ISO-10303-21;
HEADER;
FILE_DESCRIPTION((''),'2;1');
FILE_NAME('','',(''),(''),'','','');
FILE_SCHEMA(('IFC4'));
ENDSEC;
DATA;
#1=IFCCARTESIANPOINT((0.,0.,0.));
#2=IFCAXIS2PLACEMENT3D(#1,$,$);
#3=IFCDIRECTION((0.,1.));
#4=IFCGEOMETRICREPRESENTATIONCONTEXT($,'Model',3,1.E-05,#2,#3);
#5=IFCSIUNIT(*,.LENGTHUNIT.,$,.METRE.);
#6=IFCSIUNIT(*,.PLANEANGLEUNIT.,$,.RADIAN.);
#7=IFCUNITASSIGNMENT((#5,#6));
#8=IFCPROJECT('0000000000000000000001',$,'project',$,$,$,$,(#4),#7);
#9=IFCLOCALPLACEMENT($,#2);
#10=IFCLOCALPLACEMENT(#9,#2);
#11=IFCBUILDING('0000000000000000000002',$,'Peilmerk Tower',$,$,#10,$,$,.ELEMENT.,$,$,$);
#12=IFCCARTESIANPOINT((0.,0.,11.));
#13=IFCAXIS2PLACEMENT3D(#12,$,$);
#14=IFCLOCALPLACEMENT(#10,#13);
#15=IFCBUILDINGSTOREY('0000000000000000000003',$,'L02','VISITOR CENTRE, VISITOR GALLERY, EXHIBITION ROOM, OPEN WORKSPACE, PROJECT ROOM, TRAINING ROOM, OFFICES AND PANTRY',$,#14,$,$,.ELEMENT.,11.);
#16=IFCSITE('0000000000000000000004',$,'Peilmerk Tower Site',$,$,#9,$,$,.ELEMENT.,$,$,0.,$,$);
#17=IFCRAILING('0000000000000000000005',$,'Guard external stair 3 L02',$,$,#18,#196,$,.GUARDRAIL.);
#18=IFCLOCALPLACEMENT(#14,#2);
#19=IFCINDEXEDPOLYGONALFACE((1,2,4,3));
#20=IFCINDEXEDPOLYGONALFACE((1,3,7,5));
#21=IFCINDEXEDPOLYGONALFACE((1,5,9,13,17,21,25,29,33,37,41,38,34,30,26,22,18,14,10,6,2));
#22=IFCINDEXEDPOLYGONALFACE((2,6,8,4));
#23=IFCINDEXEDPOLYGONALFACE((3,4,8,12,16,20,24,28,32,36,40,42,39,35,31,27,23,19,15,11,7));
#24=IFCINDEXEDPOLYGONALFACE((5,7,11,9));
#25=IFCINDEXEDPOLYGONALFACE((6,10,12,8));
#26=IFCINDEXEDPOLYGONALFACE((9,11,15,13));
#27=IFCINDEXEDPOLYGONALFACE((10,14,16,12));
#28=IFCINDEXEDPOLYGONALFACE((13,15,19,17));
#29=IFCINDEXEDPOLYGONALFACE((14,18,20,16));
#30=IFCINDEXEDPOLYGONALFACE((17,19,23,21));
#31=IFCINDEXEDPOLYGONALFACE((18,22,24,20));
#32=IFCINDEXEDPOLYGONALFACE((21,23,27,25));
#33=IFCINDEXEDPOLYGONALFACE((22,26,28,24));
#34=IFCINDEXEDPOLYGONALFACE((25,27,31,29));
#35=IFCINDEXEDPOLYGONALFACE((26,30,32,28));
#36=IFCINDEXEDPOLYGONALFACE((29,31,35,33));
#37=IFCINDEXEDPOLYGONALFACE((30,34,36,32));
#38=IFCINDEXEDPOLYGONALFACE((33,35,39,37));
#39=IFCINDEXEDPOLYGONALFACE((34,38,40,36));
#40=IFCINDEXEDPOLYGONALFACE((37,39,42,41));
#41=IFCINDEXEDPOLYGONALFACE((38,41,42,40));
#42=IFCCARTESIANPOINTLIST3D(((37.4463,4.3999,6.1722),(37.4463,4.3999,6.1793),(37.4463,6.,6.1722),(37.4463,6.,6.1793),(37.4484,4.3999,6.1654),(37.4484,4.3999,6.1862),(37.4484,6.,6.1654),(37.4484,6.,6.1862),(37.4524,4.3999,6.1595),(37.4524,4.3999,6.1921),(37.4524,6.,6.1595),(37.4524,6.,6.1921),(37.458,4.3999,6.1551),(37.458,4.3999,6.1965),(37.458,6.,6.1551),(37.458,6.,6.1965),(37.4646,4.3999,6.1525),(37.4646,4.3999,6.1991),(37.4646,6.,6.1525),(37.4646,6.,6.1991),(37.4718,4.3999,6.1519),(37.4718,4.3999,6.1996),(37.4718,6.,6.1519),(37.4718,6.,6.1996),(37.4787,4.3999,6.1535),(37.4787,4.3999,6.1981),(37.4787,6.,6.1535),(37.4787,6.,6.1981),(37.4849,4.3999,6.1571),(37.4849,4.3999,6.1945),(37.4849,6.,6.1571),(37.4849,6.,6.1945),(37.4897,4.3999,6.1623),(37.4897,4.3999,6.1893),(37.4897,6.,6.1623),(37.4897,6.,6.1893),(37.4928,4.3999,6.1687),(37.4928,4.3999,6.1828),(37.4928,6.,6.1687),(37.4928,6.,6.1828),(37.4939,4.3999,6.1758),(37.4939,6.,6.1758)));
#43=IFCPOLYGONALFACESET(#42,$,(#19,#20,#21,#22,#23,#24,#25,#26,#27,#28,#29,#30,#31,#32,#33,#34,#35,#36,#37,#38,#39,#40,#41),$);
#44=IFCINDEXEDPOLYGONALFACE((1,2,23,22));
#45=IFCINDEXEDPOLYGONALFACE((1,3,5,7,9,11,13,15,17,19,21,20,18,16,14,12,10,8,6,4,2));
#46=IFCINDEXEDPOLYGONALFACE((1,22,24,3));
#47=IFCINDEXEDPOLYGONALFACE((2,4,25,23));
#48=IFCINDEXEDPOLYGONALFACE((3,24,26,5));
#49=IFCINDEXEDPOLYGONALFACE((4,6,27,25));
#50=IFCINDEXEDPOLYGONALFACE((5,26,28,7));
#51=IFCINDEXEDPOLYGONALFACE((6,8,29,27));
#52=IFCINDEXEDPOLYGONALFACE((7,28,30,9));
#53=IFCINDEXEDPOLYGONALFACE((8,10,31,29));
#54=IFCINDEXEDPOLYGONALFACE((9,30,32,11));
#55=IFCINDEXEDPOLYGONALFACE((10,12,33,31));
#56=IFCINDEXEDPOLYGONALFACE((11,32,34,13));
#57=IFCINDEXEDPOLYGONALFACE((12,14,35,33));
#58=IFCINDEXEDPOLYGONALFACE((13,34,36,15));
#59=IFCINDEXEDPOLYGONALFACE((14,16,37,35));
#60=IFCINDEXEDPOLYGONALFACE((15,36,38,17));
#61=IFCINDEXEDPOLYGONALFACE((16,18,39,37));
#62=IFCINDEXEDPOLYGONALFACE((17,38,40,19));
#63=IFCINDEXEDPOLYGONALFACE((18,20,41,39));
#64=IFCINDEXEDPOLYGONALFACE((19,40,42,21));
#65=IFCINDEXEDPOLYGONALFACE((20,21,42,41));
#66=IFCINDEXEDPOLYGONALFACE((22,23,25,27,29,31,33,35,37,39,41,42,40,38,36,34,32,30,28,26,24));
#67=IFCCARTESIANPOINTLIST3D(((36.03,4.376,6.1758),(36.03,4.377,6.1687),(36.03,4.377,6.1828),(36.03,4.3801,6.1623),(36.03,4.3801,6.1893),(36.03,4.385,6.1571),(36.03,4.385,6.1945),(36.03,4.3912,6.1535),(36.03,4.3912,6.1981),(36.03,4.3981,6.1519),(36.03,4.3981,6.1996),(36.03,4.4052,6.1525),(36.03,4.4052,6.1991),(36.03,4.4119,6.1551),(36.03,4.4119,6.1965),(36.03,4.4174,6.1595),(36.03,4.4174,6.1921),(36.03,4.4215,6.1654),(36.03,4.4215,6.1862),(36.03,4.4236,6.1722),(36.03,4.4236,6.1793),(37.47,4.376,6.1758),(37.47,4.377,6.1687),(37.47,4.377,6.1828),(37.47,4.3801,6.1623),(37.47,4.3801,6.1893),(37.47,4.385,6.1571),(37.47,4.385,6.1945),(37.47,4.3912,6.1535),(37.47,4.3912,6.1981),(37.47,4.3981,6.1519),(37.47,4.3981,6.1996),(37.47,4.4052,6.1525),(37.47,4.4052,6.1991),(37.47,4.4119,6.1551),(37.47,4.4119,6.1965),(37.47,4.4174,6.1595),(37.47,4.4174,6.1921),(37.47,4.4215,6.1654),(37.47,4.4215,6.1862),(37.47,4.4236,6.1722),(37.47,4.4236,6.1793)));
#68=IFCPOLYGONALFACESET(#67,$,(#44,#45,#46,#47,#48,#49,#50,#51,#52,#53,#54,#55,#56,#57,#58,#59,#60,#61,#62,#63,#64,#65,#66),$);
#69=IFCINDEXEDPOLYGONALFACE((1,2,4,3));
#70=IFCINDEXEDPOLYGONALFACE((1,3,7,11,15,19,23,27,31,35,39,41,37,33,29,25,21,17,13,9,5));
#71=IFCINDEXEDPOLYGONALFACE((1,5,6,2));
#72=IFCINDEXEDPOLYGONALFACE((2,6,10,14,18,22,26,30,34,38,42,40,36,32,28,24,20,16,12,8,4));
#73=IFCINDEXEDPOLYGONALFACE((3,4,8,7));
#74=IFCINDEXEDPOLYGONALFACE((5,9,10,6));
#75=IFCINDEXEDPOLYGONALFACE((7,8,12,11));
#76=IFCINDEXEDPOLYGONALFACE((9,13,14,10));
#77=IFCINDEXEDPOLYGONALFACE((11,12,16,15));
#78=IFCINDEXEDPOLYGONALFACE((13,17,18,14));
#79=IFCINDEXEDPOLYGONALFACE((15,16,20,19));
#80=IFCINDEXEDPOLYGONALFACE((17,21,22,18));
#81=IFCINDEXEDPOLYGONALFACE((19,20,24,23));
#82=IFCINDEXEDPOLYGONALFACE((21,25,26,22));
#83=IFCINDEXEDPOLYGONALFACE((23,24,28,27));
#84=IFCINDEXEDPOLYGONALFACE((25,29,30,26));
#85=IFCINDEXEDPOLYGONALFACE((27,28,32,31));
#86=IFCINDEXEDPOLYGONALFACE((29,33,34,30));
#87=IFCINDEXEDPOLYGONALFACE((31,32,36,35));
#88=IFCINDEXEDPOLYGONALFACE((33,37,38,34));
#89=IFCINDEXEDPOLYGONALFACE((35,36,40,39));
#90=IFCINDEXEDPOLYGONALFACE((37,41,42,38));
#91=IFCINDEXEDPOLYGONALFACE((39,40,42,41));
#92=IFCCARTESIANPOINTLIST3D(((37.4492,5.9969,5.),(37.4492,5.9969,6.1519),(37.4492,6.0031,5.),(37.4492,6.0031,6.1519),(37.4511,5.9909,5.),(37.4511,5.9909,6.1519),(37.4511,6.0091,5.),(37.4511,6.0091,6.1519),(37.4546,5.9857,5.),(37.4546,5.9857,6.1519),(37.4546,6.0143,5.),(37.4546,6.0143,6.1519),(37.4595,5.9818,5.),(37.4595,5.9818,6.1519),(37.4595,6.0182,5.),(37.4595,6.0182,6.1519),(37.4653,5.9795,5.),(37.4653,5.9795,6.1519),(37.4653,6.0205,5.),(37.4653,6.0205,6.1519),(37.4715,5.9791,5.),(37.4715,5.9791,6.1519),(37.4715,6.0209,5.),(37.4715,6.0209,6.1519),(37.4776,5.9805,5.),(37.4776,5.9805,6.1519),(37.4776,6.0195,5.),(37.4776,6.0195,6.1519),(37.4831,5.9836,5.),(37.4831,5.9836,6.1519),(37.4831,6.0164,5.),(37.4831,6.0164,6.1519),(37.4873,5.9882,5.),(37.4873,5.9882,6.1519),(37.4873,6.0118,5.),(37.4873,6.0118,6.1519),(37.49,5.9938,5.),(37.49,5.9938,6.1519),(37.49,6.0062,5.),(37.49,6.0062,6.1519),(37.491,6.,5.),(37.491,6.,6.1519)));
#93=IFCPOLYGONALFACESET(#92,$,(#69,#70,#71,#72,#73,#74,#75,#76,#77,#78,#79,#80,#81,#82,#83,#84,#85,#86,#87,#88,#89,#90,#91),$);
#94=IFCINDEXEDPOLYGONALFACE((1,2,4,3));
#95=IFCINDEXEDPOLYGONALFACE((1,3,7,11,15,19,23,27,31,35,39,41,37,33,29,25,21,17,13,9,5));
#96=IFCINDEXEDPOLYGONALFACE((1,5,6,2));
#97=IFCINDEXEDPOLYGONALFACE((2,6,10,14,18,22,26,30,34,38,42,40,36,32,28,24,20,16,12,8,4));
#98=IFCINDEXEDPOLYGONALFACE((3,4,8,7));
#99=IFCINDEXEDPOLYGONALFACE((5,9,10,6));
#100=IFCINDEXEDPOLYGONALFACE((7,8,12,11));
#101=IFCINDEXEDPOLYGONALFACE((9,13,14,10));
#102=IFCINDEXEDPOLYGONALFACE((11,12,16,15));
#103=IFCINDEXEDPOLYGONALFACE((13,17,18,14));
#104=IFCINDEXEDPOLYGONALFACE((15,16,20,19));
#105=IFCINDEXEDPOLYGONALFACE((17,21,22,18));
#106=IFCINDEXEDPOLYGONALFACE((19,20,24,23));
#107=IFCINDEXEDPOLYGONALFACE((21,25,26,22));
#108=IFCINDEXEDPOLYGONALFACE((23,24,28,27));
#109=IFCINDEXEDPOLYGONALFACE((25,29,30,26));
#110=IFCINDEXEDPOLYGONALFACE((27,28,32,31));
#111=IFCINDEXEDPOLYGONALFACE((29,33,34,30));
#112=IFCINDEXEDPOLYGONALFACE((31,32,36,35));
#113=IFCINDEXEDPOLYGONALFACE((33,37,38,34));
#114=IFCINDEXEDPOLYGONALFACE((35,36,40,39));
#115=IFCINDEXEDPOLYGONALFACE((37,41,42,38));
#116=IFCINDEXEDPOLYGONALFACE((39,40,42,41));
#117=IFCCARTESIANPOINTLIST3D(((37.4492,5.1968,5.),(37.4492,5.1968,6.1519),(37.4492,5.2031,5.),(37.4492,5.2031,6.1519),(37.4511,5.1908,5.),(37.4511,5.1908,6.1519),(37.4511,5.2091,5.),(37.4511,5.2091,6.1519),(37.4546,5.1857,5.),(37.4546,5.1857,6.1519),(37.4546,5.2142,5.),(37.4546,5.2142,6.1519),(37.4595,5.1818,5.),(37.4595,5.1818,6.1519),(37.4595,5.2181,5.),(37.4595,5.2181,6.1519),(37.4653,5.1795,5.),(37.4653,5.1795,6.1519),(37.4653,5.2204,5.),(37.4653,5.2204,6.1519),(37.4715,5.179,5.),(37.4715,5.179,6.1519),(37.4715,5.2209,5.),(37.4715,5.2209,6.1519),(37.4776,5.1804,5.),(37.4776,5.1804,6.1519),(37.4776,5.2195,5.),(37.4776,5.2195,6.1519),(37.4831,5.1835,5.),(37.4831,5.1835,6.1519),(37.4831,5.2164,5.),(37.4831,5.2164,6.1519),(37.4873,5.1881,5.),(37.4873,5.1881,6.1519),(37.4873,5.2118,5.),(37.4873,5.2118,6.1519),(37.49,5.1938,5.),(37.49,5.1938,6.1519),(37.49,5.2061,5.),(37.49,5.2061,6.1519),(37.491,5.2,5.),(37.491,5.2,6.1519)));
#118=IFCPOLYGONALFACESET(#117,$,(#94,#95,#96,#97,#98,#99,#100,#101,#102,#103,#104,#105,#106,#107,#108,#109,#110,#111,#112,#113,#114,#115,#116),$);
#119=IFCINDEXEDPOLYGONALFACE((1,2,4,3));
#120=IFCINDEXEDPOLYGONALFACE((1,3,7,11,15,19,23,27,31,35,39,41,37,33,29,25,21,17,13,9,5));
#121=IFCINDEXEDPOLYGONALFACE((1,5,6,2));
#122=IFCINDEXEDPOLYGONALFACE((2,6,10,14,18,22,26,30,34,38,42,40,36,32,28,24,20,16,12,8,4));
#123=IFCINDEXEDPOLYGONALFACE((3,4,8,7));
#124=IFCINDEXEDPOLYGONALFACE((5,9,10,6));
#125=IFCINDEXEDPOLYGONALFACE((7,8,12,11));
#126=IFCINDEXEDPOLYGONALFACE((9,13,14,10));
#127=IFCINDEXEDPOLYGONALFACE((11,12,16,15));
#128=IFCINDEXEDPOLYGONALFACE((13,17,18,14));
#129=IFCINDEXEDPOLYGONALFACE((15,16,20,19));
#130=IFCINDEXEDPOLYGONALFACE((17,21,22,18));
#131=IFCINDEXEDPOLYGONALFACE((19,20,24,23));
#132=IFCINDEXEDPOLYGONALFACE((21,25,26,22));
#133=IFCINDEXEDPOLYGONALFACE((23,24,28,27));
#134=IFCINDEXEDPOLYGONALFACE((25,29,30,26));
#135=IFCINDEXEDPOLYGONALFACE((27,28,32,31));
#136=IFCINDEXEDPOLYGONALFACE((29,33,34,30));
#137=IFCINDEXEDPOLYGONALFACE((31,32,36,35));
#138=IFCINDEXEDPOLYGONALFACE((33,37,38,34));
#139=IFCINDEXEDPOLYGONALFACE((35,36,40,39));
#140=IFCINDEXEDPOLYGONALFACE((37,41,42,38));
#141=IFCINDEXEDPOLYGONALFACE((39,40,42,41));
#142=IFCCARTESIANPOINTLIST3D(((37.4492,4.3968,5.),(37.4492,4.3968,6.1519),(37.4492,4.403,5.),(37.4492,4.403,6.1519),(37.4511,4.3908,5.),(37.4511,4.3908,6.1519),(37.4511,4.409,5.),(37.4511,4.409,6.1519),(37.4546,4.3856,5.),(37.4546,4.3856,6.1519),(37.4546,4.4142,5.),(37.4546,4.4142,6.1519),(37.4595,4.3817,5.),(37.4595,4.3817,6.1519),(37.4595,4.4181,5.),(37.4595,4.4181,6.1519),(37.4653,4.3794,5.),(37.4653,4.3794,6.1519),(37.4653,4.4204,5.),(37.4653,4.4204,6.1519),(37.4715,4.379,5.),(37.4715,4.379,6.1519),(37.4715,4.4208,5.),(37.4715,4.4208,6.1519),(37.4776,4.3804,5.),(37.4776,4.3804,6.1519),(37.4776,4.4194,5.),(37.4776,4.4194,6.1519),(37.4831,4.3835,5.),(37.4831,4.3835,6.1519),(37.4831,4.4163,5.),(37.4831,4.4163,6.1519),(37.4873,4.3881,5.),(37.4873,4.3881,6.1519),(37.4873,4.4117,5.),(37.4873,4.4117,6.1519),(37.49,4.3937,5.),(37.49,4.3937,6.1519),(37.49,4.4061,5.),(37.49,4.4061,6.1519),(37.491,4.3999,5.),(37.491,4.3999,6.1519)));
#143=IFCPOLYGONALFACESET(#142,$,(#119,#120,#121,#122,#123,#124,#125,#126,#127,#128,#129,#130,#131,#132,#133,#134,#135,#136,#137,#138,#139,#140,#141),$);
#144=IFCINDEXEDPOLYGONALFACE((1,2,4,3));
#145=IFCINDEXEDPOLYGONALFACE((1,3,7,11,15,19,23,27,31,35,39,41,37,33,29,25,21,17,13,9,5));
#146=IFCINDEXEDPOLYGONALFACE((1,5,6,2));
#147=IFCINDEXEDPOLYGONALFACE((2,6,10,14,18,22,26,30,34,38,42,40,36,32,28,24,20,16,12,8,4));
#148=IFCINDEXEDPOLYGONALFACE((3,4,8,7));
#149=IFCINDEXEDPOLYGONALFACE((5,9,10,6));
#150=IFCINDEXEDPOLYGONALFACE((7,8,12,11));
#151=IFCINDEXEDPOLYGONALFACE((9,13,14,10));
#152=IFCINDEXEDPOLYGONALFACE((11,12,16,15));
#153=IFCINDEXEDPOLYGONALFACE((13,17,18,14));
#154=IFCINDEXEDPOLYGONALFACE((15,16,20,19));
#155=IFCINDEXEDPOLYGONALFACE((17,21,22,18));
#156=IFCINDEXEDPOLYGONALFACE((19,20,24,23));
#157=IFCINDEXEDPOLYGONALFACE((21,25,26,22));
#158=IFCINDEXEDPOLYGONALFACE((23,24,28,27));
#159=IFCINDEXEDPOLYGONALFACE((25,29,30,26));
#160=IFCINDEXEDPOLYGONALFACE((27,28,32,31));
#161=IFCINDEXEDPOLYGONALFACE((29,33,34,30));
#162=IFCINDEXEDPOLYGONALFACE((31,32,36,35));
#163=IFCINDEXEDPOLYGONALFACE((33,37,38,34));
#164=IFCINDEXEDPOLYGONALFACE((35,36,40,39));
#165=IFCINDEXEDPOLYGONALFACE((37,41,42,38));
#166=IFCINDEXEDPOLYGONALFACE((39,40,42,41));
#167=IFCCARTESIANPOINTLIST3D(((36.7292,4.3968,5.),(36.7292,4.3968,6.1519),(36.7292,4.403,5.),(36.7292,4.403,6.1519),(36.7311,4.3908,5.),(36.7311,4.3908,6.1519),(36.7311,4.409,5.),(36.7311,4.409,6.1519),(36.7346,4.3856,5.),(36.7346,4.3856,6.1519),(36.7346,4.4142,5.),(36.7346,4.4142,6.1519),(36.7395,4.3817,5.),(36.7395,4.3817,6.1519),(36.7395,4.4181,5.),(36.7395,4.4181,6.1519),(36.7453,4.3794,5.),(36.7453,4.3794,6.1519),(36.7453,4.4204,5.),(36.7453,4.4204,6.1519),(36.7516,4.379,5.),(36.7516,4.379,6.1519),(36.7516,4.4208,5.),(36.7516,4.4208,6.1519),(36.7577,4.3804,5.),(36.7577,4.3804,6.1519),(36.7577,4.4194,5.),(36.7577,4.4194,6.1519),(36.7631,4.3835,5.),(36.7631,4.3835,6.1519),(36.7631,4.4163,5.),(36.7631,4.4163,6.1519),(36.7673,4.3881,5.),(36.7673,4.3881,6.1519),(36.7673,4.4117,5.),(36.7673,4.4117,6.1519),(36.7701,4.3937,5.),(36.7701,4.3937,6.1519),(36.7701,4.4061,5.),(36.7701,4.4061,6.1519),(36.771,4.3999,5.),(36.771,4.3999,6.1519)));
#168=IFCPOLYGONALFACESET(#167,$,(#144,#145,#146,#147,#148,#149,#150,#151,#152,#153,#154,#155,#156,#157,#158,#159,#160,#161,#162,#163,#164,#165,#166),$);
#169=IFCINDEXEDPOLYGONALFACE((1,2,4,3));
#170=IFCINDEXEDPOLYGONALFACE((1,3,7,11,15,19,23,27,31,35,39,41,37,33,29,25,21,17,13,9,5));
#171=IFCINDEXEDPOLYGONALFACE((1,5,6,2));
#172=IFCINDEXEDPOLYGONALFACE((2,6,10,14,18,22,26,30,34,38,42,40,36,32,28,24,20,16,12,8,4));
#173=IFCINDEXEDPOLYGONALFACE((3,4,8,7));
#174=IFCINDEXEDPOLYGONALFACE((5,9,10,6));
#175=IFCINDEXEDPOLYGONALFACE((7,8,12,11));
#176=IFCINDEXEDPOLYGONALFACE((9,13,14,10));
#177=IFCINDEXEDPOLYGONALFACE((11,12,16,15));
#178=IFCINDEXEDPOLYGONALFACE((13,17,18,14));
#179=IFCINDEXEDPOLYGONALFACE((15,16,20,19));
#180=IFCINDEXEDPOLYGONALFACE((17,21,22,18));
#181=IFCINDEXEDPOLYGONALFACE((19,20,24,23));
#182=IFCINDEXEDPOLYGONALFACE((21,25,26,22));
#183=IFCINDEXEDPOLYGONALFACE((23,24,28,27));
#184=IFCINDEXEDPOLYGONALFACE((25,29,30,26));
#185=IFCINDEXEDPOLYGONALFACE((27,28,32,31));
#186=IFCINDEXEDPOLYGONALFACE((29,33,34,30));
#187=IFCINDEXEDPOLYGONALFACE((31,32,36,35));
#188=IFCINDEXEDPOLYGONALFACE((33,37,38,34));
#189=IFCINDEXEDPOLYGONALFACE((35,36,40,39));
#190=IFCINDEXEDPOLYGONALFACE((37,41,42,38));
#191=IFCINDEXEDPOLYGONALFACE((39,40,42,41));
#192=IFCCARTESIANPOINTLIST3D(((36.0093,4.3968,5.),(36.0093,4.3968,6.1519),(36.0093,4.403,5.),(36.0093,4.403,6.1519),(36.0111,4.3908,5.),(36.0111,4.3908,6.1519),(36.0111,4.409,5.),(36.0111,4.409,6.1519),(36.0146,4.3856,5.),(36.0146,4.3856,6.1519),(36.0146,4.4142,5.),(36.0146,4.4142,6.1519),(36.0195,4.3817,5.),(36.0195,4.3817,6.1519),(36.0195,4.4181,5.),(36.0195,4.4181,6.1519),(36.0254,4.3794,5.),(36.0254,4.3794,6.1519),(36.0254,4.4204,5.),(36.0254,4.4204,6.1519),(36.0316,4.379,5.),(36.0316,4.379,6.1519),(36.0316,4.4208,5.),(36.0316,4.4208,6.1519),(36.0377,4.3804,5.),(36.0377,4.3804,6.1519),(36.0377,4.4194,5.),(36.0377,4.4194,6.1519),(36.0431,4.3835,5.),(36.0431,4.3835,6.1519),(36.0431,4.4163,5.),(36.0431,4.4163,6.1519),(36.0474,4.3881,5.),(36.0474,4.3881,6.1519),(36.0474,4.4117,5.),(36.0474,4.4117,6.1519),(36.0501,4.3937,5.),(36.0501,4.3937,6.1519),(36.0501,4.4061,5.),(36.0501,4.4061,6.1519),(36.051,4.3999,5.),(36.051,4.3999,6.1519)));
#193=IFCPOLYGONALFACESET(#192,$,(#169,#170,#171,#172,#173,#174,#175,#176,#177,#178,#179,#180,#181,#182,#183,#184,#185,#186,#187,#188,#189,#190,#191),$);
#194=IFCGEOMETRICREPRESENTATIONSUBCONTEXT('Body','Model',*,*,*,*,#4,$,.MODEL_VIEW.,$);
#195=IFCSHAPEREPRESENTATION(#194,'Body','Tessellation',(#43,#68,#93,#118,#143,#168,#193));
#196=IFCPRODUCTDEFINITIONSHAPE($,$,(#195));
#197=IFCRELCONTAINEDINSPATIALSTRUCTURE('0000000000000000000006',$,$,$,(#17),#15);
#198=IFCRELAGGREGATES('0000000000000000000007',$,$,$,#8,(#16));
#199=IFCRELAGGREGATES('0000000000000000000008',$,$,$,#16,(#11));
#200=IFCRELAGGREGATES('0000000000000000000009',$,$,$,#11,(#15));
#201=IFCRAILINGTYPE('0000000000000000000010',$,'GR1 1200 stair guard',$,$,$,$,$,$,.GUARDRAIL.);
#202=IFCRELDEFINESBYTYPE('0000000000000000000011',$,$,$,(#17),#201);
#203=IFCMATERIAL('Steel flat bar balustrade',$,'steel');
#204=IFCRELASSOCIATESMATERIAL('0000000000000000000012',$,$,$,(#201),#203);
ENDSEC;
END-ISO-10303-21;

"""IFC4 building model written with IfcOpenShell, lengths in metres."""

from ifc_helpers import new_model, si_unit, direction, frame, origin, origin_2d, place, context, subcontext, project, spatial, circle, extrude, material, type_object, element, save


model = new_model("IFC4")

# Units and contexts
model_context = context("Model", 3, precision=1e-05, world=origin(), true_north=direction((0.0, 1.0)))
body_context = subcontext(model_context, "Body", "Model", "MODEL_VIEW")
ifc_project = project(units=[si_unit("LENGTHUNIT", "METRE"), si_unit("PLANEANGLEUNIT", "RADIAN")], contexts=[model_context])

# Site, building, storey
site_placement = place(None, origin())
site = spatial("IfcSite", under=ifc_project, at=site_placement, Name="Peilmerk Tower Site", CompositionType="ELEMENT", RefElevation=0.0)
building_placement = place(site_placement, origin())
building = spatial("IfcBuilding", under=site, at=building_placement, Name="Peilmerk Tower", CompositionType="ELEMENT")
storey_placement = place(building_placement, frame((0.0, 0.0, 11.0)))
storey = spatial("IfcBuildingStorey", under=building, at=storey_placement, Name="L02", Description="VISITOR CENTRE, VISITOR GALLERY, EXHIBITION ROOM, OPEN WORKSPACE, PROJECT ROOM, TRAINING ROOM, OFFICES AND PANTRY", CompositionType="ELEMENT", Elevation=11.0)

# Railing
ifc_material_1 = material(Name="Steel flat bar balustrade", Category="steel")
railing_type_1 = type_object("IfcRailingType", Name="GR1 1200 stair guard", PredefinedType="GUARDRAIL", material=ifc_material_1)
railing_1_placement = place(storey_placement, frame((37.47, 6.0, 5.0)))
element("IfcRailing", 1, at=railing_1_placement, inside=storey, type_object=railing_type_1, Name="Guard external stair 3 L02", PredefinedType="GUARDRAIL", context=body_context, shape_type="SweptSolid", body=[
    extrude(circle(Radius=0.0239, at=origin_2d()), frame((0.0, 0.0, 1.1758), z_axis=(0.0, -1.0, 0.0), x_axis=(1.0, 0.0, 0.0)), (0.0, 0.0, 1.0), 1.6001),
    extrude(circle(Radius=0.0239, at=origin_2d()), frame((0.0, -1.6001, 1.1758), z_axis=(-1.0, 0.0, 0.0), x_axis=(0.0, -1.0, 0.0)), (0.0, 0.0, 1.0), 1.4399),
    extrude(circle(Radius=0.021, at=origin_2d()), origin(), (0.0, 0.0, 1.0), 1.1519),
    extrude(circle(Radius=0.021, at=origin_2d()), frame((0.0, -0.8, 0.0)), (0.0, 0.0, 1.0), 1.1519),
    extrude(circle(Radius=0.021, at=origin_2d()), frame((0.0, -1.6001, 0.0)), (0.0, 0.0, 1.0), 1.1519),
    extrude(circle(Radius=0.021, at=origin_2d()), frame((-0.72, -1.6001, 0.0)), (0.0, 0.0, 1.0), 1.1519),
    extrude(circle(Radius=0.021, at=origin_2d()), frame((-1.4399, -1.6001, 0.0)), (0.0, 0.0, 1.0), 1.1519),
])

save(model, "model.ifc")
